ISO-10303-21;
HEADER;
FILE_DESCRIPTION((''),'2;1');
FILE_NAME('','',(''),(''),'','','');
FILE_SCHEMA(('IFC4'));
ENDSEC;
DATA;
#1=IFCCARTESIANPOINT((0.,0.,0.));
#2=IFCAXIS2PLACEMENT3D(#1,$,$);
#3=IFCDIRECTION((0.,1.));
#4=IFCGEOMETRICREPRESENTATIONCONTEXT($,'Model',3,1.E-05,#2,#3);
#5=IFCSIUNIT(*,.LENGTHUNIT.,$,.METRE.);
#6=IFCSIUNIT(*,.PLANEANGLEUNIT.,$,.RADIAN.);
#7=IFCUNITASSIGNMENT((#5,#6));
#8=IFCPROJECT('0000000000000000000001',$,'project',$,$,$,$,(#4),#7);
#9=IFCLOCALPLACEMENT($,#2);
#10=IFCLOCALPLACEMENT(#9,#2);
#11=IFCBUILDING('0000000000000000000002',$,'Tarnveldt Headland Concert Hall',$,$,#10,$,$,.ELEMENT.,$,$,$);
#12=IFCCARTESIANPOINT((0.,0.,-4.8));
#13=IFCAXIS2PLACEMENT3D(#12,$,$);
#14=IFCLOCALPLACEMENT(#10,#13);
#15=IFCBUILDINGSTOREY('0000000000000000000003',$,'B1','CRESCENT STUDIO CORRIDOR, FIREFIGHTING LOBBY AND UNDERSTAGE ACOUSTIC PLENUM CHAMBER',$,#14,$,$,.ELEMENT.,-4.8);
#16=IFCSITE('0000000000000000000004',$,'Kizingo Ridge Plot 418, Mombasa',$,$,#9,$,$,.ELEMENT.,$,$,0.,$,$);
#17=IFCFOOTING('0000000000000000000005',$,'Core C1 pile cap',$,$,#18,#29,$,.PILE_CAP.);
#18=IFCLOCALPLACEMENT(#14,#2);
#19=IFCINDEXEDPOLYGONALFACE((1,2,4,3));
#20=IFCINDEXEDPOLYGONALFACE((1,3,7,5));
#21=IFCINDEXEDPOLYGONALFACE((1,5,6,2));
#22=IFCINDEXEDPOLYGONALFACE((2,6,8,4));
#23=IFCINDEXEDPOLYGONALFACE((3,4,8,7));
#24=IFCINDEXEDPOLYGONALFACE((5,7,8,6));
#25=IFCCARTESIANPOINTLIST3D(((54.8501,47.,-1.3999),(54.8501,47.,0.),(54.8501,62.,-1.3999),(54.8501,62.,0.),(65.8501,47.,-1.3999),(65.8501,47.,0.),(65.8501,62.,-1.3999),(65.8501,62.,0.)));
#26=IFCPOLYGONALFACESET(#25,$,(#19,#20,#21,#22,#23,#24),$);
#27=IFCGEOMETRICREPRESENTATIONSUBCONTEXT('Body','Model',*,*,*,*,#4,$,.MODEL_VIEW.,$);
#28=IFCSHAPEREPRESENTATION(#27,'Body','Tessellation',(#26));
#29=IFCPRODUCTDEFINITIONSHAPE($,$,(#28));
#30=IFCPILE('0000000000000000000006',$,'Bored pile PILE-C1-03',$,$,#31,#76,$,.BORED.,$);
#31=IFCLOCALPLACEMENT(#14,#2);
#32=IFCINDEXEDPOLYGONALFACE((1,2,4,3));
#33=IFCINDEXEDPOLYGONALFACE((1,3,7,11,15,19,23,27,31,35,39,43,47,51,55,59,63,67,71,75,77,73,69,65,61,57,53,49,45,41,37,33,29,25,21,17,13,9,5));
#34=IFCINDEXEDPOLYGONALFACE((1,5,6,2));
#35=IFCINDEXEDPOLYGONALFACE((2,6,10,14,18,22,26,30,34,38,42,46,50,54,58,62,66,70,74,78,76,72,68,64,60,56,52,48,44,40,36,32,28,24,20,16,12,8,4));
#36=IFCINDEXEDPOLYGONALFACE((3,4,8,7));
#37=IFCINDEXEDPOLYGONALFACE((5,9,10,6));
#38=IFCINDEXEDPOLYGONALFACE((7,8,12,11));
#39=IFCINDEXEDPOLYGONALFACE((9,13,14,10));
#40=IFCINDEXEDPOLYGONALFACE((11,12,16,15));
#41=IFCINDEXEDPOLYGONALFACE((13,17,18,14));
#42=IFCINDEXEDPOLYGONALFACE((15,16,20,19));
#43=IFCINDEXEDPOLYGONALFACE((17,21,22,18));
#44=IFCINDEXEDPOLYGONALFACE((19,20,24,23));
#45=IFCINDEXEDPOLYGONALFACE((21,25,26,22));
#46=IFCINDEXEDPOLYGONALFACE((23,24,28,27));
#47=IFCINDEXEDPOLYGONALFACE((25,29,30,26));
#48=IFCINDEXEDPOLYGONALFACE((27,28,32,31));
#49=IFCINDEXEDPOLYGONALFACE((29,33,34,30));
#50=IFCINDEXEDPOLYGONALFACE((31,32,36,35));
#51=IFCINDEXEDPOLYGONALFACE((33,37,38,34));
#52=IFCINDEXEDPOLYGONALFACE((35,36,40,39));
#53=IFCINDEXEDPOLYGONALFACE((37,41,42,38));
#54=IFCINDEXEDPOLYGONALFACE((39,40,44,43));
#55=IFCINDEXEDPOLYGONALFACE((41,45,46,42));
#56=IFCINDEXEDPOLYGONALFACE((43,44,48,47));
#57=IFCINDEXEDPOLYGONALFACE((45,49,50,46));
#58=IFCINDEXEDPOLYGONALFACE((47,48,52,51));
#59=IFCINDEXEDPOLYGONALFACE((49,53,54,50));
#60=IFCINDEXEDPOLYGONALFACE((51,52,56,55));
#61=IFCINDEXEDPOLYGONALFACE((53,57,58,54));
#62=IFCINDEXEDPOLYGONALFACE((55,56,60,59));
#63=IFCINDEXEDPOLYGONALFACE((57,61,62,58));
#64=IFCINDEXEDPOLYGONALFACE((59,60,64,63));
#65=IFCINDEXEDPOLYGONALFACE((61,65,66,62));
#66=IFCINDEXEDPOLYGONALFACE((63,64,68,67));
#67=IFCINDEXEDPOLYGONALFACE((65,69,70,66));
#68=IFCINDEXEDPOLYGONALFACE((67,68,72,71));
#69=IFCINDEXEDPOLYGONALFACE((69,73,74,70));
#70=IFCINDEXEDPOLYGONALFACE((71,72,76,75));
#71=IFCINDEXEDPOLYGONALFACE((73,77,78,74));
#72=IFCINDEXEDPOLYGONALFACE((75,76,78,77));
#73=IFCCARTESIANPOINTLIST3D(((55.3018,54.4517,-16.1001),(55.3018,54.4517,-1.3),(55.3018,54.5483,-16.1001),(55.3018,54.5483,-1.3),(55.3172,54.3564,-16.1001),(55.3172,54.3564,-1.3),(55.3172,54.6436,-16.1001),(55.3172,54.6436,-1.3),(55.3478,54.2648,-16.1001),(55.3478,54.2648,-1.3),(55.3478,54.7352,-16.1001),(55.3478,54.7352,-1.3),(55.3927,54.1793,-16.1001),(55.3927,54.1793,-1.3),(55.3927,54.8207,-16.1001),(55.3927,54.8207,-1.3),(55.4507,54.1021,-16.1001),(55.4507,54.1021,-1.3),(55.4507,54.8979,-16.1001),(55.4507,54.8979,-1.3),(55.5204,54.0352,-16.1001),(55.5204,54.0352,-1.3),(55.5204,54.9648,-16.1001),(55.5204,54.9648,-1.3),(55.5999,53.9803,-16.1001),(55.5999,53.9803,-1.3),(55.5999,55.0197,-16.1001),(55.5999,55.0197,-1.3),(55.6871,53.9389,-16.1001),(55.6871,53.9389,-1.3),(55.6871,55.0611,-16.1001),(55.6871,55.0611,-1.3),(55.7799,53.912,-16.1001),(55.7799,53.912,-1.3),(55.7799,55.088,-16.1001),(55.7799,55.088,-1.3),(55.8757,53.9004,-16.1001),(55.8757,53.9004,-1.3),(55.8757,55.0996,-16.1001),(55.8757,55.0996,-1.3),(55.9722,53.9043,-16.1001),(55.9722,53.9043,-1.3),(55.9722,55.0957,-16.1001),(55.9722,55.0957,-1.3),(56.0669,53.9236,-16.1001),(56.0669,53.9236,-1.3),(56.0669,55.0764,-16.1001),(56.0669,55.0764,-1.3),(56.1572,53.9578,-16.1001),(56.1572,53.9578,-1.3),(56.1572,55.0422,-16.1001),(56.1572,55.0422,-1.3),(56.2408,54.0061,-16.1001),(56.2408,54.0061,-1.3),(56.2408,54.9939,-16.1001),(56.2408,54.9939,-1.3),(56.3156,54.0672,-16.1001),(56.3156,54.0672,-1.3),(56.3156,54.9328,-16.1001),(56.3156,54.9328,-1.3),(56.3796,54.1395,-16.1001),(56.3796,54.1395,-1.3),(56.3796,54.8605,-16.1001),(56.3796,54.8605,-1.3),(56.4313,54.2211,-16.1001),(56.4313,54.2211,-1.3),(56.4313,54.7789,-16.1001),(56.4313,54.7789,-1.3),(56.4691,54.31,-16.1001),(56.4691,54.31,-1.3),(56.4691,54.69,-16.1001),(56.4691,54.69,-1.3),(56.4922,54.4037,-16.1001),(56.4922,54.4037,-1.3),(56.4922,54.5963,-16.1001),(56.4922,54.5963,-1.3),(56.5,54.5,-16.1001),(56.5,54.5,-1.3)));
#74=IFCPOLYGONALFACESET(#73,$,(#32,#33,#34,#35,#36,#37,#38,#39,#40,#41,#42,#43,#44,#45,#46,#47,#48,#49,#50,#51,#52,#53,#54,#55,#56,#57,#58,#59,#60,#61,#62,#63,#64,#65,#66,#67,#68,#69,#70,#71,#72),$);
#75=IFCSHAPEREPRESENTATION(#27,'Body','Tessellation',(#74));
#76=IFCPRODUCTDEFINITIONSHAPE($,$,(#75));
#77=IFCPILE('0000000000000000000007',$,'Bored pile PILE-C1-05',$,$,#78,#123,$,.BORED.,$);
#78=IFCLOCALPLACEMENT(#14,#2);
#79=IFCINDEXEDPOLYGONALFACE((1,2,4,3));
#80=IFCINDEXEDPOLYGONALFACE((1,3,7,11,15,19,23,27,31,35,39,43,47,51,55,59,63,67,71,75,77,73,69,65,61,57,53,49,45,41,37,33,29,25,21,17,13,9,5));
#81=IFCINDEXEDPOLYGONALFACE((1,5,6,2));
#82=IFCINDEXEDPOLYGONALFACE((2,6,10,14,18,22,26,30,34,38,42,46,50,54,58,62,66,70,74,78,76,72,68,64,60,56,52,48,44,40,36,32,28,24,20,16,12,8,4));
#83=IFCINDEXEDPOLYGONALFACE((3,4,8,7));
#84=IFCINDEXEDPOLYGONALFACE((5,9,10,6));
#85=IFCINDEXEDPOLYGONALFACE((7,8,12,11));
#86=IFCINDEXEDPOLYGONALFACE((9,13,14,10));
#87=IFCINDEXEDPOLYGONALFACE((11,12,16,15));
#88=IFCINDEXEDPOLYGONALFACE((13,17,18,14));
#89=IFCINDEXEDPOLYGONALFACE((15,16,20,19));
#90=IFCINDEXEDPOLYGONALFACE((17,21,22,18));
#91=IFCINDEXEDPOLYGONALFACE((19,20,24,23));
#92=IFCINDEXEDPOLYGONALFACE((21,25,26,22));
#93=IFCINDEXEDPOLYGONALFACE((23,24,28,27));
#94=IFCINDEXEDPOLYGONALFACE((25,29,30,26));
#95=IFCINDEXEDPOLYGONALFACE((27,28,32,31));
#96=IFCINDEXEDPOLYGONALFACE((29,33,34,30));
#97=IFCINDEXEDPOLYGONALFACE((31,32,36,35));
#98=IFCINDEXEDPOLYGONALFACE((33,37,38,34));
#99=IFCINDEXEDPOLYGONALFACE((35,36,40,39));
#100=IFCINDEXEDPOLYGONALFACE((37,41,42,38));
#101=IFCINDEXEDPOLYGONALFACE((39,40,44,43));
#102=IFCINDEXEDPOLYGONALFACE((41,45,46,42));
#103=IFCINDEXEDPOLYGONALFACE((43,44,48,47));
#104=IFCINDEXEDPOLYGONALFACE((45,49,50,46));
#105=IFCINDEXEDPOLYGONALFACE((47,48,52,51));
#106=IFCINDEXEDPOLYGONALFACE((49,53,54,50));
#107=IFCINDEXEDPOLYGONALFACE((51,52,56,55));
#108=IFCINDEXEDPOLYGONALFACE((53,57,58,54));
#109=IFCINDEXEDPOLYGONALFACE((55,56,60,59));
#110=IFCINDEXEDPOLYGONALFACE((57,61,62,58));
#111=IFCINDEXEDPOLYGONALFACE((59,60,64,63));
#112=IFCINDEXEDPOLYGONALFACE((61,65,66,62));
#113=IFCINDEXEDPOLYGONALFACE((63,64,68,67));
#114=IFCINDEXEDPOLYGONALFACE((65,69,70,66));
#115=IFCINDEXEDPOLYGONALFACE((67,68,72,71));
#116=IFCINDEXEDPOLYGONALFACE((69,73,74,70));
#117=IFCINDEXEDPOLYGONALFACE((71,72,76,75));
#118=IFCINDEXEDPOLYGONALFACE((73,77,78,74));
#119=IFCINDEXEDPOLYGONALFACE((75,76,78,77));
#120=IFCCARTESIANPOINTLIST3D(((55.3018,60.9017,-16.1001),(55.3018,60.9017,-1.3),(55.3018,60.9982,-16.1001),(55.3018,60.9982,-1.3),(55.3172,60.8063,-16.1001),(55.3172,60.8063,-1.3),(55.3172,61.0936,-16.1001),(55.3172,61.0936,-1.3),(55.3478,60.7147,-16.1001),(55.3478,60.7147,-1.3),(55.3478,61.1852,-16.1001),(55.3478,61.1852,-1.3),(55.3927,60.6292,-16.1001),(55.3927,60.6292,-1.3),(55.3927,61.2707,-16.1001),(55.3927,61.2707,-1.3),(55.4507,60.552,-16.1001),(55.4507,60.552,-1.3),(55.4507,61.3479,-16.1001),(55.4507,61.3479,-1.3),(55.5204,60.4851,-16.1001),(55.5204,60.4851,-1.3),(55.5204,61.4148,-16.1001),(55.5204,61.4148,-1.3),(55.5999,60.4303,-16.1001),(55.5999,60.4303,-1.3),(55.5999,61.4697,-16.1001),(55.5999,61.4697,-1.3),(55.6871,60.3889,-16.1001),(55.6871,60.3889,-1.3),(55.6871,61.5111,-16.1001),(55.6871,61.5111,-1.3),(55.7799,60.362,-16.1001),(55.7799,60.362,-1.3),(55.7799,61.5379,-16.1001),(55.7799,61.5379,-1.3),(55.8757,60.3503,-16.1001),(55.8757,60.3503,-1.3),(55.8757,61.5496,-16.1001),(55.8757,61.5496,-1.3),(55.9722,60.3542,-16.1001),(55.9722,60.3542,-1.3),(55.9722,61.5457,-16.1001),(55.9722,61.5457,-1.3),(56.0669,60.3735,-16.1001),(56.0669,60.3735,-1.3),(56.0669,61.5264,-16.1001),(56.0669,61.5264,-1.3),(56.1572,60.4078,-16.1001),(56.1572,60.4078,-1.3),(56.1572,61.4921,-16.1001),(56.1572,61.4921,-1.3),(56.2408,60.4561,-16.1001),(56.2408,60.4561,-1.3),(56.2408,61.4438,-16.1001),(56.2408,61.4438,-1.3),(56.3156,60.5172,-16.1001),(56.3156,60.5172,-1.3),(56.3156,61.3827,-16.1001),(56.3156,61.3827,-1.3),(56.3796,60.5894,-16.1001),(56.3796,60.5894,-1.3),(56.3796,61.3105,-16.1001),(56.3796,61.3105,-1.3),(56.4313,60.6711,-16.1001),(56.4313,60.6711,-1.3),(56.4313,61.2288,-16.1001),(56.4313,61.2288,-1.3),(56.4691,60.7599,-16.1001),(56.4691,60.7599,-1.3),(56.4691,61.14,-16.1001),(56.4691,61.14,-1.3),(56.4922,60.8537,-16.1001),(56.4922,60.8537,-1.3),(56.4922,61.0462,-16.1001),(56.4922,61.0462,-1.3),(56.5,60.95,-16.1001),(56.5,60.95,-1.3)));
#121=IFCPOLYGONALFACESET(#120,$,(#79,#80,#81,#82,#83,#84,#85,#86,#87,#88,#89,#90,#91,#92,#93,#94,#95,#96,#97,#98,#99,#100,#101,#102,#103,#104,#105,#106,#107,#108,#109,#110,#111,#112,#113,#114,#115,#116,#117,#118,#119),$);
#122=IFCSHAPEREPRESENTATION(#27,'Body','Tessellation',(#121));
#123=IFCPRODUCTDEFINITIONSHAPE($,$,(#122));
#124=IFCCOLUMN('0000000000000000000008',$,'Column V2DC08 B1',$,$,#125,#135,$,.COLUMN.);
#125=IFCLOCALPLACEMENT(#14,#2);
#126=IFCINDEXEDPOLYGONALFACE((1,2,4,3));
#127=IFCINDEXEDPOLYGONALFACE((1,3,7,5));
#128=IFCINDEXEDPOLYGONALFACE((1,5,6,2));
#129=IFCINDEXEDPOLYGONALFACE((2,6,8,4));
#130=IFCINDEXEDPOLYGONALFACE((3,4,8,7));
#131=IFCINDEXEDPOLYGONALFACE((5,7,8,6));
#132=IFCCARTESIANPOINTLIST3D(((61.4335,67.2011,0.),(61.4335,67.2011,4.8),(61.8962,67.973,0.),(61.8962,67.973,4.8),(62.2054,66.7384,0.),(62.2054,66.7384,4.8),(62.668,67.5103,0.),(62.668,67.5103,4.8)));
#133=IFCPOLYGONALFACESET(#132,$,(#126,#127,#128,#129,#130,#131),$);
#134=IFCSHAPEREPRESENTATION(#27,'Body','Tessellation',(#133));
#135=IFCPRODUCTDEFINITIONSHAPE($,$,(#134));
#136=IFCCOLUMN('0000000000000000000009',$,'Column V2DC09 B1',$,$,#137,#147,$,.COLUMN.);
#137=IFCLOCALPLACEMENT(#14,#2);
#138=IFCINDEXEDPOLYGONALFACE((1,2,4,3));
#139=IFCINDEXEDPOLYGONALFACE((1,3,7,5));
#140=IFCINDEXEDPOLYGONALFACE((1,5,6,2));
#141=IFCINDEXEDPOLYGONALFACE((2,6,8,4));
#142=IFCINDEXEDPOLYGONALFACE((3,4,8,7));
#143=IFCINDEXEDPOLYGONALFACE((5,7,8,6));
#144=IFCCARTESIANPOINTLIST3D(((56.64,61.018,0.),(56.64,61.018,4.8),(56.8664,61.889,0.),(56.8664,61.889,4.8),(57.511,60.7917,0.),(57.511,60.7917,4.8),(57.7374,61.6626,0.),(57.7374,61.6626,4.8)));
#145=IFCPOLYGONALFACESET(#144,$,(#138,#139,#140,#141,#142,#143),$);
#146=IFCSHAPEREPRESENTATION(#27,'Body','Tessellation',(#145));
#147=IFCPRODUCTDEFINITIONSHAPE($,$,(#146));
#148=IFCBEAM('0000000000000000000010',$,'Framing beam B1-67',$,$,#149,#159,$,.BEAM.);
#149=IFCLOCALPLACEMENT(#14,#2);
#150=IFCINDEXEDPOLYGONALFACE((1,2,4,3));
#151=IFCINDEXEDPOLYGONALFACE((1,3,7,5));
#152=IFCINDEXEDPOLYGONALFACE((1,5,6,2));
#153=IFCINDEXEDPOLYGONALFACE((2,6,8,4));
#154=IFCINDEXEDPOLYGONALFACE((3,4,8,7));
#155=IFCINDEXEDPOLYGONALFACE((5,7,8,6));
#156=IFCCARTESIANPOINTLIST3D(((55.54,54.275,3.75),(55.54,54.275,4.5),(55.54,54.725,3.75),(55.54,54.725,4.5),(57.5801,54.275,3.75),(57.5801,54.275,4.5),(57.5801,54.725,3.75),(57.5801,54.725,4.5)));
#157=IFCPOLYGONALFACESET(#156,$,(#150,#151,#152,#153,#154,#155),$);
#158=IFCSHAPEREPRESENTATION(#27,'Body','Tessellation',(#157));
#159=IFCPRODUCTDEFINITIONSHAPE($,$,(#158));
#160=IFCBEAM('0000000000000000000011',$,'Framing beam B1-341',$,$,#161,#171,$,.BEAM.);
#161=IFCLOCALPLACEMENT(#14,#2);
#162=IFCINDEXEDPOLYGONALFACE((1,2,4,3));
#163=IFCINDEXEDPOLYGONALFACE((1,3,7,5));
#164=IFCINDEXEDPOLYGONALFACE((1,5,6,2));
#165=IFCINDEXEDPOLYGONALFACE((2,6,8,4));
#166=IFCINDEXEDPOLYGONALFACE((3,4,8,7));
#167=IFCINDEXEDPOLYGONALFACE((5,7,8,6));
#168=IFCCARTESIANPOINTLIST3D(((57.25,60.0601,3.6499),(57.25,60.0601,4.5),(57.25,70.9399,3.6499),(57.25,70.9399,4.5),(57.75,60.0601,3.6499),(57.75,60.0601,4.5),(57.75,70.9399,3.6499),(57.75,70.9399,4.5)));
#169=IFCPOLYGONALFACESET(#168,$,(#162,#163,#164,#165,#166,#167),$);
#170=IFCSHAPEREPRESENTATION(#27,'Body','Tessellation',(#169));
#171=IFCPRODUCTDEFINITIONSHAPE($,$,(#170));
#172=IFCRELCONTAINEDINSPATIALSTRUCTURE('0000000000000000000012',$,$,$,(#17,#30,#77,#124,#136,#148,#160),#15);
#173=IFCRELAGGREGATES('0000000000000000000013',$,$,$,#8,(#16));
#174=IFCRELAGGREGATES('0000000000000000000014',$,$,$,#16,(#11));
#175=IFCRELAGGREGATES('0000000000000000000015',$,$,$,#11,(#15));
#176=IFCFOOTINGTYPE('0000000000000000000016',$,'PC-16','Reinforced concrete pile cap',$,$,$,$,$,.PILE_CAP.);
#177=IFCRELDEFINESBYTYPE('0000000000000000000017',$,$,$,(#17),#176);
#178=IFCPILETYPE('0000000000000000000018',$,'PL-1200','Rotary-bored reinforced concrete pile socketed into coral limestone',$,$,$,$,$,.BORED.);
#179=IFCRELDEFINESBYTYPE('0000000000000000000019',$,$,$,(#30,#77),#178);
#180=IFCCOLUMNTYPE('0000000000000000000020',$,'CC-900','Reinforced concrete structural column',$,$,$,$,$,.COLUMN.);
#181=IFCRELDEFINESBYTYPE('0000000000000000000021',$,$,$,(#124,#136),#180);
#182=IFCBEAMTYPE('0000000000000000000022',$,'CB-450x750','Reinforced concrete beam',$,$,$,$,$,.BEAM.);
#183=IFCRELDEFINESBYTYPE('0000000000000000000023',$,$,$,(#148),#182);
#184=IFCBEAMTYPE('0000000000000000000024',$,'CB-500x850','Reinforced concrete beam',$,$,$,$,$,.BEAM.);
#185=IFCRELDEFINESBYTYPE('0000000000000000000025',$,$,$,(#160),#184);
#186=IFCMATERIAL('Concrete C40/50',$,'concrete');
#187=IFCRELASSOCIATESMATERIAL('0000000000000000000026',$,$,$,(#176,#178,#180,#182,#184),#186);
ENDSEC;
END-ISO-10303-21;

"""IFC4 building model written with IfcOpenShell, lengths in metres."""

from ifc_helpers import new_model, si_unit, direction, frame, origin, origin_2d, place, context, subcontext, project, spatial, rectangle, circle, extrude, material, material_profile, profile_set, type_object, element, save


model = new_model("IFC4")

# Units and contexts
model_context = context("Model", 3, precision=1e-05, world=origin(), true_north=direction((0.0, 1.0)))
body_context = subcontext(model_context, "Body", "Model", "MODEL_VIEW")
ifc_project = project(units=[si_unit("LENGTHUNIT", "METRE"), si_unit("PLANEANGLEUNIT", "RADIAN")], contexts=[model_context])

# Site, building, storey
site_placement = place(None, origin())
site = spatial("IfcSite", under=ifc_project, at=site_placement, Name="Kizingo Ridge Plot 418, Mombasa", CompositionType="ELEMENT", RefElevation=0.0)
building_placement = place(site_placement, origin())
building = spatial("IfcBuilding", under=site, at=building_placement, Name="Tarnveldt Headland Concert Hall", CompositionType="ELEMENT")
storey_placement = place(building_placement, frame((0.0, 0.0, -4.8)))
storey = spatial("IfcBuildingStorey", under=building, at=storey_placement, Name="B1", Description="CRESCENT STUDIO CORRIDOR, FIREFIGHTING LOBBY AND UNDERSTAGE ACOUSTIC PLENUM CHAMBER", CompositionType="ELEMENT", Elevation=-4.8)

# Footing
ifc_material_1 = material(Name="Concrete C40/50", Category="concrete")
footing_type = type_object("IfcFootingType", Name="PC-16", Description="Reinforced concrete pile cap", PredefinedType="PILE_CAP", material=ifc_material_1)
footing_placement = place(storey_placement, frame((60.3501, 54.5, -1.3999), z_axis=(0.0, 0.0, 1.0), x_axis=(1.0, 0.0, 0.0)))
element("IfcFooting", 1, at=footing_placement, inside=storey, type_object=footing_type, Name="Core C1 pile cap", PredefinedType="PILE_CAP", context=body_context, shape_type="SweptSolid", body=[
    extrude(rectangle(XDim=11.0, YDim=15.0, at=origin_2d()), origin(), (0.0, 0.0, 1.0), 1.3999),
])

# Piles
ifc_material_profile_1 = material_profile(ifc_material_1, circle(Radius=0.6001, at=origin_2d()), Name="BORED PILE D1200", Category="concrete")
ifc_profile_set_1 = profile_set([ifc_material_profile_1], Name="Concrete C40/50")
pile_type = type_object("IfcPileType", Name="PL-1200", Description="Rotary-bored reinforced concrete pile socketed into coral limestone", PredefinedType="BORED", material=ifc_profile_set_1)
for number, where, z_axis, x_axis, name in (
    (2, (55.8999, 54.5, -1.3), (0.0, 0.0, -1.0), (1.0, 0.0, 0.0), "Bored pile PILE-C1-03"),
    (3, (55.8999, 60.95, -1.3), (0.0, 0.0, -1.0), (1.0, 0.0, 0.0), "Bored pile PILE-C1-05"),
):
    element("IfcPile", number, at=place(storey_placement, frame(where, z_axis=z_axis, x_axis=x_axis)), inside=storey, type_object=pile_type, Name=name, PredefinedType="BORED", context=body_context, shape_type="SweptSolid", body=[
        extrude(circle(Radius=0.6001, at=origin_2d()), origin(), (0.0, 0.0, 1.0), 14.8),
    ])

# Columns
ifc_material_profile_2 = material_profile(ifc_material_1, rectangle(XDim=0.8999, YDim=0.8999, at=origin_2d()), Name="RC 900x900", Category="concrete")
ifc_profile_set_2 = profile_set([ifc_material_profile_2], Name="Concrete C40/50")
column_type = type_object("IfcColumnType", Name="CC-900", Description="Reinforced concrete structural column", PredefinedType="COLUMN", material=ifc_profile_set_2)
for number, where, z_axis, x_axis, name in (
    (4, (62.0508, 67.3557, 0.0), (0.0, 0.0, 1.0), (-0.857706, 0.51414, 0.0), "Column V2DC08 B1"),
    (5, (57.1887, 61.3403, 0.0), (0.0, 0.0, 1.0), (-0.967841, 0.251563, 0.0), "Column V2DC09 B1"),
):
    element("IfcColumn", number, at=place(storey_placement, frame(where, z_axis=z_axis, x_axis=x_axis)), inside=storey, type_object=column_type, Name=name, PredefinedType="COLUMN", context=body_context, shape_type="SweptSolid", body=[
        extrude(rectangle(XDim=0.8999, YDim=0.8999, at=origin_2d()), origin(), (0.0, 0.0, 1.0), 4.8),
    ])

# Beams
ifc_material_profile_3 = material_profile(ifc_material_1, rectangle(XDim=0.45, YDim=0.75, at=origin_2d()), Name="RC 450x750", Category="concrete")
ifc_profile_set_3 = profile_set([ifc_material_profile_3], Name="Concrete C40/50")
beam_type_1 = type_object("IfcBeamType", Name="CB-450x750", Description="Reinforced concrete beam", PredefinedType="BEAM", material=ifc_profile_set_3)
beam_1_placement = place(storey_placement, frame((57.5801, 54.5, 4.125), z_axis=(-1.0, 0.0, 0.0), x_axis=(0.0, -1.0, 0.0)))
element("IfcBeam", 6, at=beam_1_placement, inside=storey, type_object=beam_type_1, Name="Framing beam B1-67", PredefinedType="BEAM", context=body_context, shape_type="SweptSolid", body=[
    extrude(rectangle(XDim=0.45, YDim=0.75, at=origin_2d()), origin(), (0.0, 0.0, 1.0), 2.04),
])
ifc_material_profile_4 = material_profile(ifc_material_1, rectangle(XDim=0.5, YDim=0.8501, at=origin_2d()), Name="RC 500x850", Category="concrete")
ifc_profile_set_4 = profile_set([ifc_material_profile_4], Name="Concrete C40/50")
beam_type_2 = type_object("IfcBeamType", Name="CB-500x850", Description="Reinforced concrete beam", PredefinedType="BEAM", material=ifc_profile_set_4)
beam_2_placement = place(storey_placement, frame((57.5, 60.0601, 4.075), z_axis=(0.0, 1.0, 0.0), x_axis=(-1.0, 0.0, 0.0)))
element("IfcBeam", 7, at=beam_2_placement, inside=storey, type_object=beam_type_2, Name="Framing beam B1-341", PredefinedType="BEAM", context=body_context, shape_type="SweptSolid", body=[
    extrude(rectangle(XDim=0.5, YDim=0.8501, at=origin_2d()), origin(), (0.0, 0.0, 1.0), 10.8799),
])

save(model, "model.ifc")
